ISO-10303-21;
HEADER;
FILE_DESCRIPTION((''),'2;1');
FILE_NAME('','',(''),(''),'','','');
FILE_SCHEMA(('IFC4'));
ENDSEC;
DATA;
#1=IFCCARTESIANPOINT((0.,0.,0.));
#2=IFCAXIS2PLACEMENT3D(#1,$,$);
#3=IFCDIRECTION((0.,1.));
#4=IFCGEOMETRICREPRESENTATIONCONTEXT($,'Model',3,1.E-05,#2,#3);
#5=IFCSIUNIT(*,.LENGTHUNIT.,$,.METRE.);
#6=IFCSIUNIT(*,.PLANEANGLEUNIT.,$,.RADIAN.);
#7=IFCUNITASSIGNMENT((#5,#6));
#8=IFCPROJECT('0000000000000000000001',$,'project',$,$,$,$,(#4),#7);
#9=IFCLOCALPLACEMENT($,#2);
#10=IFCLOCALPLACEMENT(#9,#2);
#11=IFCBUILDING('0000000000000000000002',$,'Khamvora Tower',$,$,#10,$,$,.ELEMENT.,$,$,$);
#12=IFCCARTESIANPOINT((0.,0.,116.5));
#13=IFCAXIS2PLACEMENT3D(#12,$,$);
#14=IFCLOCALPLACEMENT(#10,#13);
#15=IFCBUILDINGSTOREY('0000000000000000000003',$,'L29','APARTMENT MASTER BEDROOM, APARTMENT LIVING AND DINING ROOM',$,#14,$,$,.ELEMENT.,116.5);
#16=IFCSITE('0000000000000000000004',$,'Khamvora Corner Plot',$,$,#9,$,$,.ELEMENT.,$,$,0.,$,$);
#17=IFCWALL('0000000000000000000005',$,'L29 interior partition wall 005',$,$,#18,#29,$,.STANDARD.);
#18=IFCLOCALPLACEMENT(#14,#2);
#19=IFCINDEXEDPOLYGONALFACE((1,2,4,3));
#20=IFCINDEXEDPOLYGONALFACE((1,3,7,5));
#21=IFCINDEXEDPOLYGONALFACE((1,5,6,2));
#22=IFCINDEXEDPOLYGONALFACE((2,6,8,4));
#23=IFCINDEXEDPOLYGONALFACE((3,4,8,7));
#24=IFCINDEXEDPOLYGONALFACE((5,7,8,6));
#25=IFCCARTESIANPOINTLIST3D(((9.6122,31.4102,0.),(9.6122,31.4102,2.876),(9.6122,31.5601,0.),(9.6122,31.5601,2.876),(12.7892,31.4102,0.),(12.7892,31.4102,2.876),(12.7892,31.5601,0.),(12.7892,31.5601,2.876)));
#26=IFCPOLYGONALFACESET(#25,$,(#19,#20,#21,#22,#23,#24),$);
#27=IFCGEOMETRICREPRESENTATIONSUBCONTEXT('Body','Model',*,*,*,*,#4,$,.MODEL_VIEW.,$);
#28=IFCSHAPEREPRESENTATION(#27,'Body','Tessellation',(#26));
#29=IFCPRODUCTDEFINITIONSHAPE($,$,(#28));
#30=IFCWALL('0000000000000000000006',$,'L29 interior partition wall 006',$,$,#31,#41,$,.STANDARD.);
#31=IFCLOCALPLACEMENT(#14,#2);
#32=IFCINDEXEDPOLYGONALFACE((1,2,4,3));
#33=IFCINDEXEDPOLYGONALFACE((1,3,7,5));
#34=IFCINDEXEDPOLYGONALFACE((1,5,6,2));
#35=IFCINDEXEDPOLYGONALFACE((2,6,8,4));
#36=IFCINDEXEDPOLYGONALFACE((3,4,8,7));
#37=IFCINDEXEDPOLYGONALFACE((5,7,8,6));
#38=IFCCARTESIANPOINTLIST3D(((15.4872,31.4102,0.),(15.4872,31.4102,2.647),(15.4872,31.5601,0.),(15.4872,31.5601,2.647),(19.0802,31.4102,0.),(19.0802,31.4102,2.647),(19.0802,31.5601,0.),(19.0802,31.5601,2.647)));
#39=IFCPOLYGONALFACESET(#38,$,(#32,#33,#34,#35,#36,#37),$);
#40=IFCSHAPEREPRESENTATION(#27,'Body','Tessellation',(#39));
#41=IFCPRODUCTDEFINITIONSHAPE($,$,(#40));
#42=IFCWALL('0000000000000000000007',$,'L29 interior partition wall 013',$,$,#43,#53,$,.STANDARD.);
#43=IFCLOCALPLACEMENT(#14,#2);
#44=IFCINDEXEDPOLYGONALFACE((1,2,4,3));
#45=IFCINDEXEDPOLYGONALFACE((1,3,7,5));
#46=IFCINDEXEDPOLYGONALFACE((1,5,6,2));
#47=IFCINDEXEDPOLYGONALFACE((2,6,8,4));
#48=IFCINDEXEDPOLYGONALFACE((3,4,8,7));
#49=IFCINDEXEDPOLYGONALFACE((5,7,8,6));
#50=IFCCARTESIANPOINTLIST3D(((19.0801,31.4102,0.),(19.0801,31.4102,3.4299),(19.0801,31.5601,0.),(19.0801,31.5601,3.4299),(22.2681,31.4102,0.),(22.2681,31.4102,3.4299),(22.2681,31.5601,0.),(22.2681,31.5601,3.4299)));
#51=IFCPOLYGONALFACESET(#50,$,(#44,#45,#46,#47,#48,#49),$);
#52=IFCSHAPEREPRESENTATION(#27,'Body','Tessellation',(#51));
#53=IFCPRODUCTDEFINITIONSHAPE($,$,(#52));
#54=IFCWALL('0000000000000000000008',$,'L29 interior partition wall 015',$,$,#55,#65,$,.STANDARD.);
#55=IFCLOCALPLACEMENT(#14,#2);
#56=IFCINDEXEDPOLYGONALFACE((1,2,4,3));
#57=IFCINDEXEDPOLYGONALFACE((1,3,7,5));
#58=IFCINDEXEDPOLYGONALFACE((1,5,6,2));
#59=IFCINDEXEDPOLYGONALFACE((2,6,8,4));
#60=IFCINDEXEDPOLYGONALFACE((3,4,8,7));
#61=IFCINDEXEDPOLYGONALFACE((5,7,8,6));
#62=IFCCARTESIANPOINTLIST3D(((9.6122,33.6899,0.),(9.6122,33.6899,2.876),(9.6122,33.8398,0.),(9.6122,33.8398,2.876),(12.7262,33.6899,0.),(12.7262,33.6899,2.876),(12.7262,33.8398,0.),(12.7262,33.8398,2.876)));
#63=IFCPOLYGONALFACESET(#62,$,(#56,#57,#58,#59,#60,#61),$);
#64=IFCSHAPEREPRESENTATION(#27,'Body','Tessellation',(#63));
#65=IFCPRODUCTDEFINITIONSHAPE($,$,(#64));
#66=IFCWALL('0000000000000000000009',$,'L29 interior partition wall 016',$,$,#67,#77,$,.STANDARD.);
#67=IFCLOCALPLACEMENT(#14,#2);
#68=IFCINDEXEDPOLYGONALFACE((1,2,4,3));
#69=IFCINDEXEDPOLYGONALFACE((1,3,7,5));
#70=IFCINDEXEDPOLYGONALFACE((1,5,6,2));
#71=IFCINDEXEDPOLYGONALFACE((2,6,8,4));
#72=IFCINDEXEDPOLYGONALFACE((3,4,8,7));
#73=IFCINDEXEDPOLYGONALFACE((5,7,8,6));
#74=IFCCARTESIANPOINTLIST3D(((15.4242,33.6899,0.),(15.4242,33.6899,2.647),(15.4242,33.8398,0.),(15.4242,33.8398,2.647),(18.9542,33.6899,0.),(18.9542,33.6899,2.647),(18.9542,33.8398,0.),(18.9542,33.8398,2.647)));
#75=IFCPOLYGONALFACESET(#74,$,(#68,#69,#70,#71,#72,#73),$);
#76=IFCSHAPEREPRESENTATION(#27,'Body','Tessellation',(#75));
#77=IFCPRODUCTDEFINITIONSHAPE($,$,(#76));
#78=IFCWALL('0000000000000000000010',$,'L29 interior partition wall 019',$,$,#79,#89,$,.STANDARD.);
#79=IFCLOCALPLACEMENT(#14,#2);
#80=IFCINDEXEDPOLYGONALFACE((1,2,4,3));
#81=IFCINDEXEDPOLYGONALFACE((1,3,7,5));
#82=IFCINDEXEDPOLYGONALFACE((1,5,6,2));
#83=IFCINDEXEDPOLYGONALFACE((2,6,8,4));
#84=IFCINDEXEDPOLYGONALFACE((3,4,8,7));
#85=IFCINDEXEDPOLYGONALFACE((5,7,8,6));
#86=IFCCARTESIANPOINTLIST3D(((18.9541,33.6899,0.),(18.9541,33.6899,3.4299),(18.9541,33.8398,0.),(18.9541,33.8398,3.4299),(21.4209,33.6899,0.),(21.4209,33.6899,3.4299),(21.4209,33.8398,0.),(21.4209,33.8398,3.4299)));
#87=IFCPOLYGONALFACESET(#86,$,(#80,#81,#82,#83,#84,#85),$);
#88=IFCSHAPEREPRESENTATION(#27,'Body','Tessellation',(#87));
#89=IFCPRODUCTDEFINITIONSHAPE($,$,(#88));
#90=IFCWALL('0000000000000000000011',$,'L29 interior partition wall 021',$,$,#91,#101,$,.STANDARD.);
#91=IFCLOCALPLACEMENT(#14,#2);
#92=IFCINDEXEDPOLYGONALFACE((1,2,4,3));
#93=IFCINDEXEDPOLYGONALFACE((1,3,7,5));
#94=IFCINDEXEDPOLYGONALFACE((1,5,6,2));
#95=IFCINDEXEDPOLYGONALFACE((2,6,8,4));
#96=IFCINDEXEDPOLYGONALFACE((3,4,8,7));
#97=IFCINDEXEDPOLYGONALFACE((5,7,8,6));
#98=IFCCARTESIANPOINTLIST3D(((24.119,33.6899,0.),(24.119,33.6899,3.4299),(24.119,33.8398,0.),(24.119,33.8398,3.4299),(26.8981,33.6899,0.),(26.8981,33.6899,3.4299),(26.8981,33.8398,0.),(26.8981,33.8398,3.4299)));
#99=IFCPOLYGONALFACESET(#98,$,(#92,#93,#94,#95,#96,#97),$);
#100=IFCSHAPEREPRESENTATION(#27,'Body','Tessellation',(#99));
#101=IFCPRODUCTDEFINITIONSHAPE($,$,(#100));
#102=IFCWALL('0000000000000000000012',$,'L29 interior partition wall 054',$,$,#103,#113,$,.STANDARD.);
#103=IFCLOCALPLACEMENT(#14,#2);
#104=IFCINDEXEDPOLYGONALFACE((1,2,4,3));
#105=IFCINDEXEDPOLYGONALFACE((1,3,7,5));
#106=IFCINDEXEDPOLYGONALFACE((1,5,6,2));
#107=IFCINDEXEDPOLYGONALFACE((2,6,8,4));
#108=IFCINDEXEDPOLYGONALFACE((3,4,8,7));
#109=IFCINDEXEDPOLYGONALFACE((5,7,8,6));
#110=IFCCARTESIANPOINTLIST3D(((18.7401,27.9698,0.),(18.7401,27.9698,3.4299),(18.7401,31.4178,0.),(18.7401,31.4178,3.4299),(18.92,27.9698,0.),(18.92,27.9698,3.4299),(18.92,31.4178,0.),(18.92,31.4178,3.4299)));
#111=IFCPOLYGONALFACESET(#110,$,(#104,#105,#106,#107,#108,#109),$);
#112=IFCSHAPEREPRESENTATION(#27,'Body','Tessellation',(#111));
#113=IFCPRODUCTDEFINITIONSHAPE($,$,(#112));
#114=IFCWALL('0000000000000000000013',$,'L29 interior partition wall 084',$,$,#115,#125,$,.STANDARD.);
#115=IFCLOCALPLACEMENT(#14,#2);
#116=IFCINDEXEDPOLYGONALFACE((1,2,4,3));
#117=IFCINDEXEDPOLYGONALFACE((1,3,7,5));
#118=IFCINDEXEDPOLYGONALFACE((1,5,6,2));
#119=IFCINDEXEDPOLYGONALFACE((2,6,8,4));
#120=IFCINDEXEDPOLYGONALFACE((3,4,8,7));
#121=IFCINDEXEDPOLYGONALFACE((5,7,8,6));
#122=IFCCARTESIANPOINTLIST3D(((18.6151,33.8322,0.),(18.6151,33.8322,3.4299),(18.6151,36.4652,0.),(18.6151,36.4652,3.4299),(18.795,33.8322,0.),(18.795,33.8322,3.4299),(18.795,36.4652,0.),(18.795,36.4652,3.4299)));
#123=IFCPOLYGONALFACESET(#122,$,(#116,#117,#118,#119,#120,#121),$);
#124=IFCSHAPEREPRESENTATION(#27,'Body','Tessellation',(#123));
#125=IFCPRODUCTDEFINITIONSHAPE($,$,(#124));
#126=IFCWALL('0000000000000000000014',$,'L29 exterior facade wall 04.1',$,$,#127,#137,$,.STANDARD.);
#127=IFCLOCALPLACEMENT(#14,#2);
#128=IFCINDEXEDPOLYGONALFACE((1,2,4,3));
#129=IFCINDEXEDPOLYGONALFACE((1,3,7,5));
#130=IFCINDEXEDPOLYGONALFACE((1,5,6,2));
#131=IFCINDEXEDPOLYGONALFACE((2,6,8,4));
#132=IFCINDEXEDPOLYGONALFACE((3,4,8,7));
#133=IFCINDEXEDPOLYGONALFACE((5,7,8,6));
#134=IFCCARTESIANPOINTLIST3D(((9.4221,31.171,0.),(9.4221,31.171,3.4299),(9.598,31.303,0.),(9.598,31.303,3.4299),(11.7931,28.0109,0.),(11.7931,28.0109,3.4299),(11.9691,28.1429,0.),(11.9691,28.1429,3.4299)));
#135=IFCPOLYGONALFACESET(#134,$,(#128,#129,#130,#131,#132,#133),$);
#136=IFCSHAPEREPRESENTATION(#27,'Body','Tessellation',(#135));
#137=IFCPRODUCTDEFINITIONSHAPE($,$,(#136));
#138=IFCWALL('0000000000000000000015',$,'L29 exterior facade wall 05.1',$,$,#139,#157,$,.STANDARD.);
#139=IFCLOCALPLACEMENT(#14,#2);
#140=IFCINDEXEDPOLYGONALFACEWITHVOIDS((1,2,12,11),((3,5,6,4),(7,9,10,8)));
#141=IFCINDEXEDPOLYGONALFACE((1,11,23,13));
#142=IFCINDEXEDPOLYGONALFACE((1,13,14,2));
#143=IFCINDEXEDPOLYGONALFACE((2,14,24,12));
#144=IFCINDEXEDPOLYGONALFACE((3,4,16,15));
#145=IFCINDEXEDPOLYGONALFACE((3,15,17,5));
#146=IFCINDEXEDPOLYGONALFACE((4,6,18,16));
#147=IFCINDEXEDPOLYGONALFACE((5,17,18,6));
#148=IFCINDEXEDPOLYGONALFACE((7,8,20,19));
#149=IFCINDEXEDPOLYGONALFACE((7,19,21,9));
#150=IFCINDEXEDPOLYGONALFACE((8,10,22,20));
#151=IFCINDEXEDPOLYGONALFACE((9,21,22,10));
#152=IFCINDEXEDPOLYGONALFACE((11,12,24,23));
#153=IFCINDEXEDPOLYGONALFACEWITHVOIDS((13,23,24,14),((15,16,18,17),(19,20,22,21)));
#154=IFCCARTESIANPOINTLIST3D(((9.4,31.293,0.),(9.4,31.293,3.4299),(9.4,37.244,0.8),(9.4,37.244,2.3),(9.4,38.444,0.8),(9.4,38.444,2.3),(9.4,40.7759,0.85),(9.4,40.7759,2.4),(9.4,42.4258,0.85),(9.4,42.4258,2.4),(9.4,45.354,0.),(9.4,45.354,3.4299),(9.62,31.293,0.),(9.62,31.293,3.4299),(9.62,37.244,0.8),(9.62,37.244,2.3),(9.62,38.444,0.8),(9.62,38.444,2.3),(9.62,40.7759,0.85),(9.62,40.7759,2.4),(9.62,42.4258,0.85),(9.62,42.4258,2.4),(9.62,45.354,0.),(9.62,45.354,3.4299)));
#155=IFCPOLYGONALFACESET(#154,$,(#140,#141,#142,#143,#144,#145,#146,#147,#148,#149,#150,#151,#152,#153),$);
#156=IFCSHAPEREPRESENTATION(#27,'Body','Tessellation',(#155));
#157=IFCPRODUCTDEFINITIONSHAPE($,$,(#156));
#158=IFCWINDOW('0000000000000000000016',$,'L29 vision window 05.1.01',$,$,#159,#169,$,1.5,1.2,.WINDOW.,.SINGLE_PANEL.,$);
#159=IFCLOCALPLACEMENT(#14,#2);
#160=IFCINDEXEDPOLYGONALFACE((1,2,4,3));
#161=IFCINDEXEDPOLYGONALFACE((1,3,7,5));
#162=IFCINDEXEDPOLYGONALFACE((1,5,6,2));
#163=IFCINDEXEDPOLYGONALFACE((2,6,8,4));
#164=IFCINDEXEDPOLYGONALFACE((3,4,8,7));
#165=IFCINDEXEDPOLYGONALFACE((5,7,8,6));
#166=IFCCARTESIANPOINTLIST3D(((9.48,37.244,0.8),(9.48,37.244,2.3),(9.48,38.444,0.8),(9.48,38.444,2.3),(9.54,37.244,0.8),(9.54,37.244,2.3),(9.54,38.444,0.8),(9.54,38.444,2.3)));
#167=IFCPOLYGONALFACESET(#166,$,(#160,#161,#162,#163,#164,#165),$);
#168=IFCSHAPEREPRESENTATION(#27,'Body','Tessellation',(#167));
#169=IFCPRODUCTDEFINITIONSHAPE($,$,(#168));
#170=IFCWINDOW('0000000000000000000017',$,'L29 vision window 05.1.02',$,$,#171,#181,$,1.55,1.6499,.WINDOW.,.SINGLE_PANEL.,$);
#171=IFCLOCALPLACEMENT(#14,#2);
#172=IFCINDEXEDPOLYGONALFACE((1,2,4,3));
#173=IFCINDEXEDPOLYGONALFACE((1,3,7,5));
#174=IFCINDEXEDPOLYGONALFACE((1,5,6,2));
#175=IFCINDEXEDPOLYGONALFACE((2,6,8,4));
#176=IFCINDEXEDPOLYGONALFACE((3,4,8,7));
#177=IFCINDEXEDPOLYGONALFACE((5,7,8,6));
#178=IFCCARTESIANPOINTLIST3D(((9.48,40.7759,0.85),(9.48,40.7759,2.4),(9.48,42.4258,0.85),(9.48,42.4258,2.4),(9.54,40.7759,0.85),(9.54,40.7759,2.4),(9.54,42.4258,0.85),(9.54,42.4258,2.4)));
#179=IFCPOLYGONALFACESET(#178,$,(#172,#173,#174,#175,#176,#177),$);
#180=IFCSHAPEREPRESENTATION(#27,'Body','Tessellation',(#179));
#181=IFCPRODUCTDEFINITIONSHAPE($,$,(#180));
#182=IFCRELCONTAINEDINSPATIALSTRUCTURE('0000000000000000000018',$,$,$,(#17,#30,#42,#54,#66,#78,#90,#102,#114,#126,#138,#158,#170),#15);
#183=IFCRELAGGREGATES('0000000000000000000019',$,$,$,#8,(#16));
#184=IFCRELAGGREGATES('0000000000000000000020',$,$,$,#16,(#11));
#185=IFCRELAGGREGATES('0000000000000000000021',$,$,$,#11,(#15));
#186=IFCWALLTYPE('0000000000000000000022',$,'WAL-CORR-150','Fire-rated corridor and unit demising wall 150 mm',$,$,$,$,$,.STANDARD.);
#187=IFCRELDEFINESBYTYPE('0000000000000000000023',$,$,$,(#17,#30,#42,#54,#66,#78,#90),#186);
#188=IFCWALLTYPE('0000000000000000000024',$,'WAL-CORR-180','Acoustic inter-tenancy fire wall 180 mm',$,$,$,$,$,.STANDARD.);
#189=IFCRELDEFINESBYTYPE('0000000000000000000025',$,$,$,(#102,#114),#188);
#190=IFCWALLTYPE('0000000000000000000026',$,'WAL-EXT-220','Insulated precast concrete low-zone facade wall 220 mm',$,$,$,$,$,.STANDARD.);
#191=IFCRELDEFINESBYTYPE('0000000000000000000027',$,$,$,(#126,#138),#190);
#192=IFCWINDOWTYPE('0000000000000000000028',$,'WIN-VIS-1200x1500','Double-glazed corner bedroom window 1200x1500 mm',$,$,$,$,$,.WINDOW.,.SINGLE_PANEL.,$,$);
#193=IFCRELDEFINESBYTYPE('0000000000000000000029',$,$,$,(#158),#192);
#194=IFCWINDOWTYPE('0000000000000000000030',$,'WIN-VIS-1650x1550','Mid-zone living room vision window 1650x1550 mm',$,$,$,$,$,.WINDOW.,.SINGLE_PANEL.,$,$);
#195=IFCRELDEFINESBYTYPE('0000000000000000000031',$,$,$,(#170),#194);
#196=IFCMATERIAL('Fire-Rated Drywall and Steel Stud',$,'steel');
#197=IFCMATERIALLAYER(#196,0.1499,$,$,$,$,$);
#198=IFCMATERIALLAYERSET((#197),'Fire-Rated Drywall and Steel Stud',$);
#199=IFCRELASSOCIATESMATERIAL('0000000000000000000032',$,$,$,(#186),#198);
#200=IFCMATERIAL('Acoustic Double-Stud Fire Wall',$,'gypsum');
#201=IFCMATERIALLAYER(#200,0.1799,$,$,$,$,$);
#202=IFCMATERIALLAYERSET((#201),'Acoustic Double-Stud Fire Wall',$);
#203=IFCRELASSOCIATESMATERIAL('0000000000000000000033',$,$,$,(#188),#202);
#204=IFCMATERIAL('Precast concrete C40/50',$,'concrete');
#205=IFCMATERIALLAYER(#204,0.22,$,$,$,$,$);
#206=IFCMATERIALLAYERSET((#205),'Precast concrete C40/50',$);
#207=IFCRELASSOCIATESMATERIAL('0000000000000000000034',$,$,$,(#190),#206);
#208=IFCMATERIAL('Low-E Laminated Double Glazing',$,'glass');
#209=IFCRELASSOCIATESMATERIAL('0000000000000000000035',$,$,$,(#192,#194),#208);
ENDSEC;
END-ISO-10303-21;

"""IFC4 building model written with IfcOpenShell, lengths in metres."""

from ifc_helpers import new_model, si_unit, direction, frame, frame_2d, origin, place, context, subcontext, project, spatial, rectangle, extrude, material, layer, layer_set, type_object, element, fill, save


model = new_model("IFC4")

# Units and contexts
model_context = context("Model", 3, precision=1e-05, world=origin(), true_north=direction((0.0, 1.0)))
body_context = subcontext(model_context, "Body", "Model", "MODEL_VIEW")
ifc_project = project(units=[si_unit("LENGTHUNIT", "METRE"), si_unit("PLANEANGLEUNIT", "RADIAN")], contexts=[model_context])

# Site, building, storey
site_placement = place(None, origin())
site = spatial("IfcSite", under=ifc_project, at=site_placement, Name="Khamvora Corner Plot", CompositionType="ELEMENT", RefElevation=0.0)
building_placement = place(site_placement, origin())
building = spatial("IfcBuilding", under=site, at=building_placement, Name="Khamvora Tower", CompositionType="ELEMENT")
storey_placement = place(building_placement, frame((0.0, 0.0, 116.5)))
storey = spatial("IfcBuildingStorey", under=building, at=storey_placement, Name="L29", Description="APARTMENT MASTER BEDROOM, APARTMENT LIVING AND DINING ROOM", CompositionType="ELEMENT", Elevation=116.5)

# Shared definitions
ifc_material_1 = material(Name="Fire-Rated Drywall and Steel Stud", Category="steel")
ifc_layer_1 = layer(ifc_material_1, 0.1499)
ifc_layer_set_1 = layer_set([ifc_layer_1], Name="Fire-Rated Drywall and Steel Stud")
wall_type_1 = type_object("IfcWallType", Name="WAL-CORR-150", Description="Fire-rated corridor and unit demising wall 150 mm", PredefinedType="STANDARD", material=ifc_layer_set_1)

# Walls
wall_1_placement = place(storey_placement, frame((12.7891, 31.4851, 0.0), z_axis=(0.0, 0.0, 1.0), x_axis=(-1.0, 0.0, 0.0)))
element("IfcWall", 1, at=wall_1_placement, inside=storey, type_object=wall_type_1, Name="L29 interior partition wall 005", PredefinedType="STANDARD", context=body_context, shape_type="SweptSolid", body=[
    extrude(rectangle(XDim=3.177, YDim=0.1499, at=frame_2d((1.5884, 0.0))), origin(), (0.0, 0.0, 1.0), 2.876),
])
wall_2_placement = place(storey_placement, frame((19.0801, 31.4851, 0.0), z_axis=(0.0, 0.0, 1.0), x_axis=(-1.0, 0.0, 0.0)))
element("IfcWall", 2, at=wall_2_placement, inside=storey, type_object=wall_type_1, Name="L29 interior partition wall 006", PredefinedType="STANDARD", context=body_context, shape_type="SweptSolid", body=[
    extrude(rectangle(XDim=3.593, YDim=0.1499, at=frame_2d((1.7964, 0.0))), origin(), (0.0, 0.0, 1.0), 2.647),
])
wall_3_placement = place(storey_placement, frame((22.2681, 31.4851, 0.0), z_axis=(0.0, 0.0, 1.0), x_axis=(-1.0, 0.0, 0.0)))
element("IfcWall", 3, at=wall_3_placement, inside=storey, type_object=wall_type_1, Name="L29 interior partition wall 013", PredefinedType="STANDARD", context=body_context, shape_type="SweptSolid", body=[
    extrude(rectangle(XDim=3.188, YDim=0.1499, at=frame_2d((1.594, 0.0))), origin(), (0.0, 0.0, 1.0), 3.4299),
])

# Walls
wall_4_placement = place(storey_placement, frame((9.6121, 33.7649, 0.0), z_axis=(0.0, 0.0, 1.0), x_axis=(1.0, 0.0, 0.0)))
element("IfcWall", 4, at=wall_4_placement, inside=storey, type_object=wall_type_1, Name="L29 interior partition wall 015", PredefinedType="STANDARD", context=body_context, shape_type="SweptSolid", body=[
    extrude(rectangle(XDim=3.114, YDim=0.1499, at=frame_2d((1.5571, 0.0))), origin(), (0.0, 0.0, 1.0), 2.876),
])
wall_5_placement = place(storey_placement, frame((15.4241, 33.7649, 0.0), z_axis=(0.0, 0.0, 1.0), x_axis=(1.0, 0.0, 0.0)))
element("IfcWall", 5, at=wall_5_placement, inside=storey, type_object=wall_type_1, Name="L29 interior partition wall 016", PredefinedType="STANDARD", context=body_context, shape_type="SweptSolid", body=[
    extrude(rectangle(XDim=3.53, YDim=0.1499, at=frame_2d((1.7651, 0.0))), origin(), (0.0, 0.0, 1.0), 2.647),
])

# Walls
wall_6_placement = place(storey_placement, frame((18.9541, 33.7649, 0.0), z_axis=(0.0, 0.0, 1.0), x_axis=(1.0, 0.0, 0.0)))
element("IfcWall", 6, at=wall_6_placement, inside=storey, type_object=wall_type_1, Name="L29 interior partition wall 019", PredefinedType="STANDARD", context=body_context, shape_type="SweptSolid", body=[
    extrude(rectangle(XDim=2.4668, YDim=0.1499, at=frame_2d((1.2334, 0.0))), origin(), (0.0, 0.0, 1.0), 3.4299),
])
wall_7_placement = place(storey_placement, frame((24.1189, 33.7649, 0.0), z_axis=(0.0, 0.0, 1.0), x_axis=(1.0, 0.0, 0.0)))
element("IfcWall", 7, at=wall_7_placement, inside=storey, type_object=wall_type_1, Name="L29 interior partition wall 021", PredefinedType="STANDARD", context=body_context, shape_type="SweptSolid", body=[
    extrude(rectangle(XDim=2.7791, YDim=0.1499, at=frame_2d((1.3896, 0.0))), origin(), (0.0, 0.0, 1.0), 3.4299),
])
ifc_material_2 = material(Name="Acoustic Double-Stud Fire Wall", Category="gypsum")
ifc_layer_2 = layer(ifc_material_2, 0.1799)
ifc_layer_set_2 = layer_set([ifc_layer_2], Name="Acoustic Double-Stud Fire Wall")
wall_type_2 = type_object("IfcWallType", Name="WAL-CORR-180", Description="Acoustic inter-tenancy fire wall 180 mm", PredefinedType="STANDARD", material=ifc_layer_set_2)
wall_8_placement = place(storey_placement, frame((18.8301, 31.418, 0.0), z_axis=(0.0, 0.0, 1.0), x_axis=(0.0, -1.0, 0.0)))
element("IfcWall", 8, at=wall_8_placement, inside=storey, type_object=wall_type_2, Name="L29 interior partition wall 054", PredefinedType="STANDARD", context=body_context, shape_type="SweptSolid", body=[
    extrude(rectangle(XDim=3.448, YDim=0.1799, at=frame_2d((1.7241, 0.0))), origin(), (0.0, 0.0, 1.0), 3.4299),
])
wall_9_placement = place(storey_placement, frame((18.7051, 36.4651, 0.0), z_axis=(0.0, 0.0, 1.0), x_axis=(0.0, -1.0, 0.0)))
element("IfcWall", 9, at=wall_9_placement, inside=storey, type_object=wall_type_2, Name="L29 interior partition wall 084", PredefinedType="STANDARD", context=body_context, shape_type="SweptSolid", body=[
    extrude(rectangle(XDim=2.6331, YDim=0.1799, at=frame_2d((1.3164, 0.0))), origin(), (0.0, 0.0, 1.0), 3.4299),
])
ifc_material_3 = material(Name="Precast concrete C40/50", Category="concrete")
ifc_layer_3 = layer(ifc_material_3, 0.22)
ifc_layer_set_3 = layer_set([ifc_layer_3], Name="Precast concrete C40/50")
wall_type_3 = type_object("IfcWallType", Name="WAL-EXT-220", Description="Insulated precast concrete low-zone facade wall 220 mm", PredefinedType="STANDARD", material=ifc_layer_set_3)
wall_10_placement = place(storey_placement, frame((11.8811, 28.0769, 0.0), z_axis=(0.0, 0.0, 1.0), x_axis=(-0.600158, 0.799881, 0.0)))
element("IfcWall", 10, at=wall_10_placement, inside=storey, type_object=wall_type_3, Name="L29 exterior facade wall 04.1", PredefinedType="STANDARD", context=body_context, shape_type="SweptSolid", body=[
    extrude(rectangle(XDim=3.9507, YDim=0.22, at=frame_2d((1.9753, 0.0))), origin(), (0.0, 0.0, 1.0), 3.4299),
])

# Wall, openings, windows
wall_11_placement = place(storey_placement, frame((9.51, 31.293, 0.0), z_axis=(0.0, 0.0, 1.0), x_axis=(0.0, 1.0, 0.0)))
wall_11 = element("IfcWall", 11, at=wall_11_placement, inside=storey, type_object=wall_type_3, Name="L29 exterior facade wall 05.1", PredefinedType="STANDARD", context=body_context, shape_type="SweptSolid", body=[
    extrude(rectangle(XDim=14.061, YDim=0.22, at=frame_2d((7.0305, 0.0))), origin(), (0.0, 0.0, 1.0), 3.4299),
])
opening_1_placement = place(wall_11_placement, frame((5.9509, 0.0, 0.8)))
opening_1 = element("IfcOpeningElement", 12, at=opening_1_placement, cuts=wall_11, PredefinedType="OPENING", context=body_context, shape_type="SweptSolid", body=[
    extrude(rectangle(XDim=1.2, YDim=1.5, at=frame_2d((0.6001, 0.75))), frame((0.0, 0.1199, 0.0), z_axis=(0.0, -1.0, 0.0), x_axis=(1.0, 0.0, 0.0)), (0.0, 0.0, 1.0), 0.24),
])
opening_2_placement = place(wall_11_placement, frame((9.4829, 0.0, 0.8501)))
opening_2 = element("IfcOpeningElement", 13, at=opening_2_placement, cuts=wall_11, PredefinedType="OPENING", context=body_context, shape_type="SweptSolid", body=[
    extrude(rectangle(XDim=1.6499, YDim=1.55, at=frame_2d((0.825, 0.7749))), frame((0.0, 0.1199, 0.0), z_axis=(0.0, -1.0, 0.0), x_axis=(1.0, 0.0, 0.0)), (0.0, 0.0, 1.0), 0.24),
])
ifc_material_4 = material(Name="Low-E Laminated Double Glazing", Category="glass")
window_type_1 = type_object("IfcWindowType", Name="WIN-VIS-1200x1500", Description="Double-glazed corner bedroom window 1200x1500 mm", PartitioningType="SINGLE_PANEL", PredefinedType="WINDOW", material=ifc_material_4)
window_1_placement = place(opening_1_placement, origin())
window_1 = element("IfcWindow", 14, at=window_1_placement, inside=storey, type_object=window_type_1, Name="L29 vision window 05.1.01", OverallHeight=1.5, OverallWidth=1.2, PartitioningType="SINGLE_PANEL", PredefinedType="WINDOW", context=body_context, shape_type="SweptSolid", body=[
    extrude(rectangle(XDim=1.2, YDim=1.5, at=frame_2d((0.6001, 0.75))), frame((0.0, 0.03, 0.0), z_axis=(0.0, -1.0, 0.0), x_axis=(1.0, 0.0, 0.0)), (0.0, 0.0, 1.0), 0.0601),
])
fill(opening_1, window_1)
window_type_2 = type_object("IfcWindowType", Name="WIN-VIS-1650x1550", Description="Mid-zone living room vision window 1650x1550 mm", PartitioningType="SINGLE_PANEL", PredefinedType="WINDOW", material=ifc_material_4)
window_2_placement = place(opening_2_placement, origin())
window_2 = element("IfcWindow", 15, at=window_2_placement, inside=storey, type_object=window_type_2, Name="L29 vision window 05.1.02", OverallHeight=1.55, OverallWidth=1.6499, PartitioningType="SINGLE_PANEL", PredefinedType="WINDOW", context=body_context, shape_type="SweptSolid", body=[
    extrude(rectangle(XDim=1.6499, YDim=1.55, at=frame_2d((0.825, 0.7749))), frame((0.0, 0.03, 0.0), z_axis=(0.0, -1.0, 0.0), x_axis=(1.0, 0.0, 0.0)), (0.0, 0.0, 1.0), 0.0601),
])
fill(opening_2, window_2)

save(model, "model.ifc")
